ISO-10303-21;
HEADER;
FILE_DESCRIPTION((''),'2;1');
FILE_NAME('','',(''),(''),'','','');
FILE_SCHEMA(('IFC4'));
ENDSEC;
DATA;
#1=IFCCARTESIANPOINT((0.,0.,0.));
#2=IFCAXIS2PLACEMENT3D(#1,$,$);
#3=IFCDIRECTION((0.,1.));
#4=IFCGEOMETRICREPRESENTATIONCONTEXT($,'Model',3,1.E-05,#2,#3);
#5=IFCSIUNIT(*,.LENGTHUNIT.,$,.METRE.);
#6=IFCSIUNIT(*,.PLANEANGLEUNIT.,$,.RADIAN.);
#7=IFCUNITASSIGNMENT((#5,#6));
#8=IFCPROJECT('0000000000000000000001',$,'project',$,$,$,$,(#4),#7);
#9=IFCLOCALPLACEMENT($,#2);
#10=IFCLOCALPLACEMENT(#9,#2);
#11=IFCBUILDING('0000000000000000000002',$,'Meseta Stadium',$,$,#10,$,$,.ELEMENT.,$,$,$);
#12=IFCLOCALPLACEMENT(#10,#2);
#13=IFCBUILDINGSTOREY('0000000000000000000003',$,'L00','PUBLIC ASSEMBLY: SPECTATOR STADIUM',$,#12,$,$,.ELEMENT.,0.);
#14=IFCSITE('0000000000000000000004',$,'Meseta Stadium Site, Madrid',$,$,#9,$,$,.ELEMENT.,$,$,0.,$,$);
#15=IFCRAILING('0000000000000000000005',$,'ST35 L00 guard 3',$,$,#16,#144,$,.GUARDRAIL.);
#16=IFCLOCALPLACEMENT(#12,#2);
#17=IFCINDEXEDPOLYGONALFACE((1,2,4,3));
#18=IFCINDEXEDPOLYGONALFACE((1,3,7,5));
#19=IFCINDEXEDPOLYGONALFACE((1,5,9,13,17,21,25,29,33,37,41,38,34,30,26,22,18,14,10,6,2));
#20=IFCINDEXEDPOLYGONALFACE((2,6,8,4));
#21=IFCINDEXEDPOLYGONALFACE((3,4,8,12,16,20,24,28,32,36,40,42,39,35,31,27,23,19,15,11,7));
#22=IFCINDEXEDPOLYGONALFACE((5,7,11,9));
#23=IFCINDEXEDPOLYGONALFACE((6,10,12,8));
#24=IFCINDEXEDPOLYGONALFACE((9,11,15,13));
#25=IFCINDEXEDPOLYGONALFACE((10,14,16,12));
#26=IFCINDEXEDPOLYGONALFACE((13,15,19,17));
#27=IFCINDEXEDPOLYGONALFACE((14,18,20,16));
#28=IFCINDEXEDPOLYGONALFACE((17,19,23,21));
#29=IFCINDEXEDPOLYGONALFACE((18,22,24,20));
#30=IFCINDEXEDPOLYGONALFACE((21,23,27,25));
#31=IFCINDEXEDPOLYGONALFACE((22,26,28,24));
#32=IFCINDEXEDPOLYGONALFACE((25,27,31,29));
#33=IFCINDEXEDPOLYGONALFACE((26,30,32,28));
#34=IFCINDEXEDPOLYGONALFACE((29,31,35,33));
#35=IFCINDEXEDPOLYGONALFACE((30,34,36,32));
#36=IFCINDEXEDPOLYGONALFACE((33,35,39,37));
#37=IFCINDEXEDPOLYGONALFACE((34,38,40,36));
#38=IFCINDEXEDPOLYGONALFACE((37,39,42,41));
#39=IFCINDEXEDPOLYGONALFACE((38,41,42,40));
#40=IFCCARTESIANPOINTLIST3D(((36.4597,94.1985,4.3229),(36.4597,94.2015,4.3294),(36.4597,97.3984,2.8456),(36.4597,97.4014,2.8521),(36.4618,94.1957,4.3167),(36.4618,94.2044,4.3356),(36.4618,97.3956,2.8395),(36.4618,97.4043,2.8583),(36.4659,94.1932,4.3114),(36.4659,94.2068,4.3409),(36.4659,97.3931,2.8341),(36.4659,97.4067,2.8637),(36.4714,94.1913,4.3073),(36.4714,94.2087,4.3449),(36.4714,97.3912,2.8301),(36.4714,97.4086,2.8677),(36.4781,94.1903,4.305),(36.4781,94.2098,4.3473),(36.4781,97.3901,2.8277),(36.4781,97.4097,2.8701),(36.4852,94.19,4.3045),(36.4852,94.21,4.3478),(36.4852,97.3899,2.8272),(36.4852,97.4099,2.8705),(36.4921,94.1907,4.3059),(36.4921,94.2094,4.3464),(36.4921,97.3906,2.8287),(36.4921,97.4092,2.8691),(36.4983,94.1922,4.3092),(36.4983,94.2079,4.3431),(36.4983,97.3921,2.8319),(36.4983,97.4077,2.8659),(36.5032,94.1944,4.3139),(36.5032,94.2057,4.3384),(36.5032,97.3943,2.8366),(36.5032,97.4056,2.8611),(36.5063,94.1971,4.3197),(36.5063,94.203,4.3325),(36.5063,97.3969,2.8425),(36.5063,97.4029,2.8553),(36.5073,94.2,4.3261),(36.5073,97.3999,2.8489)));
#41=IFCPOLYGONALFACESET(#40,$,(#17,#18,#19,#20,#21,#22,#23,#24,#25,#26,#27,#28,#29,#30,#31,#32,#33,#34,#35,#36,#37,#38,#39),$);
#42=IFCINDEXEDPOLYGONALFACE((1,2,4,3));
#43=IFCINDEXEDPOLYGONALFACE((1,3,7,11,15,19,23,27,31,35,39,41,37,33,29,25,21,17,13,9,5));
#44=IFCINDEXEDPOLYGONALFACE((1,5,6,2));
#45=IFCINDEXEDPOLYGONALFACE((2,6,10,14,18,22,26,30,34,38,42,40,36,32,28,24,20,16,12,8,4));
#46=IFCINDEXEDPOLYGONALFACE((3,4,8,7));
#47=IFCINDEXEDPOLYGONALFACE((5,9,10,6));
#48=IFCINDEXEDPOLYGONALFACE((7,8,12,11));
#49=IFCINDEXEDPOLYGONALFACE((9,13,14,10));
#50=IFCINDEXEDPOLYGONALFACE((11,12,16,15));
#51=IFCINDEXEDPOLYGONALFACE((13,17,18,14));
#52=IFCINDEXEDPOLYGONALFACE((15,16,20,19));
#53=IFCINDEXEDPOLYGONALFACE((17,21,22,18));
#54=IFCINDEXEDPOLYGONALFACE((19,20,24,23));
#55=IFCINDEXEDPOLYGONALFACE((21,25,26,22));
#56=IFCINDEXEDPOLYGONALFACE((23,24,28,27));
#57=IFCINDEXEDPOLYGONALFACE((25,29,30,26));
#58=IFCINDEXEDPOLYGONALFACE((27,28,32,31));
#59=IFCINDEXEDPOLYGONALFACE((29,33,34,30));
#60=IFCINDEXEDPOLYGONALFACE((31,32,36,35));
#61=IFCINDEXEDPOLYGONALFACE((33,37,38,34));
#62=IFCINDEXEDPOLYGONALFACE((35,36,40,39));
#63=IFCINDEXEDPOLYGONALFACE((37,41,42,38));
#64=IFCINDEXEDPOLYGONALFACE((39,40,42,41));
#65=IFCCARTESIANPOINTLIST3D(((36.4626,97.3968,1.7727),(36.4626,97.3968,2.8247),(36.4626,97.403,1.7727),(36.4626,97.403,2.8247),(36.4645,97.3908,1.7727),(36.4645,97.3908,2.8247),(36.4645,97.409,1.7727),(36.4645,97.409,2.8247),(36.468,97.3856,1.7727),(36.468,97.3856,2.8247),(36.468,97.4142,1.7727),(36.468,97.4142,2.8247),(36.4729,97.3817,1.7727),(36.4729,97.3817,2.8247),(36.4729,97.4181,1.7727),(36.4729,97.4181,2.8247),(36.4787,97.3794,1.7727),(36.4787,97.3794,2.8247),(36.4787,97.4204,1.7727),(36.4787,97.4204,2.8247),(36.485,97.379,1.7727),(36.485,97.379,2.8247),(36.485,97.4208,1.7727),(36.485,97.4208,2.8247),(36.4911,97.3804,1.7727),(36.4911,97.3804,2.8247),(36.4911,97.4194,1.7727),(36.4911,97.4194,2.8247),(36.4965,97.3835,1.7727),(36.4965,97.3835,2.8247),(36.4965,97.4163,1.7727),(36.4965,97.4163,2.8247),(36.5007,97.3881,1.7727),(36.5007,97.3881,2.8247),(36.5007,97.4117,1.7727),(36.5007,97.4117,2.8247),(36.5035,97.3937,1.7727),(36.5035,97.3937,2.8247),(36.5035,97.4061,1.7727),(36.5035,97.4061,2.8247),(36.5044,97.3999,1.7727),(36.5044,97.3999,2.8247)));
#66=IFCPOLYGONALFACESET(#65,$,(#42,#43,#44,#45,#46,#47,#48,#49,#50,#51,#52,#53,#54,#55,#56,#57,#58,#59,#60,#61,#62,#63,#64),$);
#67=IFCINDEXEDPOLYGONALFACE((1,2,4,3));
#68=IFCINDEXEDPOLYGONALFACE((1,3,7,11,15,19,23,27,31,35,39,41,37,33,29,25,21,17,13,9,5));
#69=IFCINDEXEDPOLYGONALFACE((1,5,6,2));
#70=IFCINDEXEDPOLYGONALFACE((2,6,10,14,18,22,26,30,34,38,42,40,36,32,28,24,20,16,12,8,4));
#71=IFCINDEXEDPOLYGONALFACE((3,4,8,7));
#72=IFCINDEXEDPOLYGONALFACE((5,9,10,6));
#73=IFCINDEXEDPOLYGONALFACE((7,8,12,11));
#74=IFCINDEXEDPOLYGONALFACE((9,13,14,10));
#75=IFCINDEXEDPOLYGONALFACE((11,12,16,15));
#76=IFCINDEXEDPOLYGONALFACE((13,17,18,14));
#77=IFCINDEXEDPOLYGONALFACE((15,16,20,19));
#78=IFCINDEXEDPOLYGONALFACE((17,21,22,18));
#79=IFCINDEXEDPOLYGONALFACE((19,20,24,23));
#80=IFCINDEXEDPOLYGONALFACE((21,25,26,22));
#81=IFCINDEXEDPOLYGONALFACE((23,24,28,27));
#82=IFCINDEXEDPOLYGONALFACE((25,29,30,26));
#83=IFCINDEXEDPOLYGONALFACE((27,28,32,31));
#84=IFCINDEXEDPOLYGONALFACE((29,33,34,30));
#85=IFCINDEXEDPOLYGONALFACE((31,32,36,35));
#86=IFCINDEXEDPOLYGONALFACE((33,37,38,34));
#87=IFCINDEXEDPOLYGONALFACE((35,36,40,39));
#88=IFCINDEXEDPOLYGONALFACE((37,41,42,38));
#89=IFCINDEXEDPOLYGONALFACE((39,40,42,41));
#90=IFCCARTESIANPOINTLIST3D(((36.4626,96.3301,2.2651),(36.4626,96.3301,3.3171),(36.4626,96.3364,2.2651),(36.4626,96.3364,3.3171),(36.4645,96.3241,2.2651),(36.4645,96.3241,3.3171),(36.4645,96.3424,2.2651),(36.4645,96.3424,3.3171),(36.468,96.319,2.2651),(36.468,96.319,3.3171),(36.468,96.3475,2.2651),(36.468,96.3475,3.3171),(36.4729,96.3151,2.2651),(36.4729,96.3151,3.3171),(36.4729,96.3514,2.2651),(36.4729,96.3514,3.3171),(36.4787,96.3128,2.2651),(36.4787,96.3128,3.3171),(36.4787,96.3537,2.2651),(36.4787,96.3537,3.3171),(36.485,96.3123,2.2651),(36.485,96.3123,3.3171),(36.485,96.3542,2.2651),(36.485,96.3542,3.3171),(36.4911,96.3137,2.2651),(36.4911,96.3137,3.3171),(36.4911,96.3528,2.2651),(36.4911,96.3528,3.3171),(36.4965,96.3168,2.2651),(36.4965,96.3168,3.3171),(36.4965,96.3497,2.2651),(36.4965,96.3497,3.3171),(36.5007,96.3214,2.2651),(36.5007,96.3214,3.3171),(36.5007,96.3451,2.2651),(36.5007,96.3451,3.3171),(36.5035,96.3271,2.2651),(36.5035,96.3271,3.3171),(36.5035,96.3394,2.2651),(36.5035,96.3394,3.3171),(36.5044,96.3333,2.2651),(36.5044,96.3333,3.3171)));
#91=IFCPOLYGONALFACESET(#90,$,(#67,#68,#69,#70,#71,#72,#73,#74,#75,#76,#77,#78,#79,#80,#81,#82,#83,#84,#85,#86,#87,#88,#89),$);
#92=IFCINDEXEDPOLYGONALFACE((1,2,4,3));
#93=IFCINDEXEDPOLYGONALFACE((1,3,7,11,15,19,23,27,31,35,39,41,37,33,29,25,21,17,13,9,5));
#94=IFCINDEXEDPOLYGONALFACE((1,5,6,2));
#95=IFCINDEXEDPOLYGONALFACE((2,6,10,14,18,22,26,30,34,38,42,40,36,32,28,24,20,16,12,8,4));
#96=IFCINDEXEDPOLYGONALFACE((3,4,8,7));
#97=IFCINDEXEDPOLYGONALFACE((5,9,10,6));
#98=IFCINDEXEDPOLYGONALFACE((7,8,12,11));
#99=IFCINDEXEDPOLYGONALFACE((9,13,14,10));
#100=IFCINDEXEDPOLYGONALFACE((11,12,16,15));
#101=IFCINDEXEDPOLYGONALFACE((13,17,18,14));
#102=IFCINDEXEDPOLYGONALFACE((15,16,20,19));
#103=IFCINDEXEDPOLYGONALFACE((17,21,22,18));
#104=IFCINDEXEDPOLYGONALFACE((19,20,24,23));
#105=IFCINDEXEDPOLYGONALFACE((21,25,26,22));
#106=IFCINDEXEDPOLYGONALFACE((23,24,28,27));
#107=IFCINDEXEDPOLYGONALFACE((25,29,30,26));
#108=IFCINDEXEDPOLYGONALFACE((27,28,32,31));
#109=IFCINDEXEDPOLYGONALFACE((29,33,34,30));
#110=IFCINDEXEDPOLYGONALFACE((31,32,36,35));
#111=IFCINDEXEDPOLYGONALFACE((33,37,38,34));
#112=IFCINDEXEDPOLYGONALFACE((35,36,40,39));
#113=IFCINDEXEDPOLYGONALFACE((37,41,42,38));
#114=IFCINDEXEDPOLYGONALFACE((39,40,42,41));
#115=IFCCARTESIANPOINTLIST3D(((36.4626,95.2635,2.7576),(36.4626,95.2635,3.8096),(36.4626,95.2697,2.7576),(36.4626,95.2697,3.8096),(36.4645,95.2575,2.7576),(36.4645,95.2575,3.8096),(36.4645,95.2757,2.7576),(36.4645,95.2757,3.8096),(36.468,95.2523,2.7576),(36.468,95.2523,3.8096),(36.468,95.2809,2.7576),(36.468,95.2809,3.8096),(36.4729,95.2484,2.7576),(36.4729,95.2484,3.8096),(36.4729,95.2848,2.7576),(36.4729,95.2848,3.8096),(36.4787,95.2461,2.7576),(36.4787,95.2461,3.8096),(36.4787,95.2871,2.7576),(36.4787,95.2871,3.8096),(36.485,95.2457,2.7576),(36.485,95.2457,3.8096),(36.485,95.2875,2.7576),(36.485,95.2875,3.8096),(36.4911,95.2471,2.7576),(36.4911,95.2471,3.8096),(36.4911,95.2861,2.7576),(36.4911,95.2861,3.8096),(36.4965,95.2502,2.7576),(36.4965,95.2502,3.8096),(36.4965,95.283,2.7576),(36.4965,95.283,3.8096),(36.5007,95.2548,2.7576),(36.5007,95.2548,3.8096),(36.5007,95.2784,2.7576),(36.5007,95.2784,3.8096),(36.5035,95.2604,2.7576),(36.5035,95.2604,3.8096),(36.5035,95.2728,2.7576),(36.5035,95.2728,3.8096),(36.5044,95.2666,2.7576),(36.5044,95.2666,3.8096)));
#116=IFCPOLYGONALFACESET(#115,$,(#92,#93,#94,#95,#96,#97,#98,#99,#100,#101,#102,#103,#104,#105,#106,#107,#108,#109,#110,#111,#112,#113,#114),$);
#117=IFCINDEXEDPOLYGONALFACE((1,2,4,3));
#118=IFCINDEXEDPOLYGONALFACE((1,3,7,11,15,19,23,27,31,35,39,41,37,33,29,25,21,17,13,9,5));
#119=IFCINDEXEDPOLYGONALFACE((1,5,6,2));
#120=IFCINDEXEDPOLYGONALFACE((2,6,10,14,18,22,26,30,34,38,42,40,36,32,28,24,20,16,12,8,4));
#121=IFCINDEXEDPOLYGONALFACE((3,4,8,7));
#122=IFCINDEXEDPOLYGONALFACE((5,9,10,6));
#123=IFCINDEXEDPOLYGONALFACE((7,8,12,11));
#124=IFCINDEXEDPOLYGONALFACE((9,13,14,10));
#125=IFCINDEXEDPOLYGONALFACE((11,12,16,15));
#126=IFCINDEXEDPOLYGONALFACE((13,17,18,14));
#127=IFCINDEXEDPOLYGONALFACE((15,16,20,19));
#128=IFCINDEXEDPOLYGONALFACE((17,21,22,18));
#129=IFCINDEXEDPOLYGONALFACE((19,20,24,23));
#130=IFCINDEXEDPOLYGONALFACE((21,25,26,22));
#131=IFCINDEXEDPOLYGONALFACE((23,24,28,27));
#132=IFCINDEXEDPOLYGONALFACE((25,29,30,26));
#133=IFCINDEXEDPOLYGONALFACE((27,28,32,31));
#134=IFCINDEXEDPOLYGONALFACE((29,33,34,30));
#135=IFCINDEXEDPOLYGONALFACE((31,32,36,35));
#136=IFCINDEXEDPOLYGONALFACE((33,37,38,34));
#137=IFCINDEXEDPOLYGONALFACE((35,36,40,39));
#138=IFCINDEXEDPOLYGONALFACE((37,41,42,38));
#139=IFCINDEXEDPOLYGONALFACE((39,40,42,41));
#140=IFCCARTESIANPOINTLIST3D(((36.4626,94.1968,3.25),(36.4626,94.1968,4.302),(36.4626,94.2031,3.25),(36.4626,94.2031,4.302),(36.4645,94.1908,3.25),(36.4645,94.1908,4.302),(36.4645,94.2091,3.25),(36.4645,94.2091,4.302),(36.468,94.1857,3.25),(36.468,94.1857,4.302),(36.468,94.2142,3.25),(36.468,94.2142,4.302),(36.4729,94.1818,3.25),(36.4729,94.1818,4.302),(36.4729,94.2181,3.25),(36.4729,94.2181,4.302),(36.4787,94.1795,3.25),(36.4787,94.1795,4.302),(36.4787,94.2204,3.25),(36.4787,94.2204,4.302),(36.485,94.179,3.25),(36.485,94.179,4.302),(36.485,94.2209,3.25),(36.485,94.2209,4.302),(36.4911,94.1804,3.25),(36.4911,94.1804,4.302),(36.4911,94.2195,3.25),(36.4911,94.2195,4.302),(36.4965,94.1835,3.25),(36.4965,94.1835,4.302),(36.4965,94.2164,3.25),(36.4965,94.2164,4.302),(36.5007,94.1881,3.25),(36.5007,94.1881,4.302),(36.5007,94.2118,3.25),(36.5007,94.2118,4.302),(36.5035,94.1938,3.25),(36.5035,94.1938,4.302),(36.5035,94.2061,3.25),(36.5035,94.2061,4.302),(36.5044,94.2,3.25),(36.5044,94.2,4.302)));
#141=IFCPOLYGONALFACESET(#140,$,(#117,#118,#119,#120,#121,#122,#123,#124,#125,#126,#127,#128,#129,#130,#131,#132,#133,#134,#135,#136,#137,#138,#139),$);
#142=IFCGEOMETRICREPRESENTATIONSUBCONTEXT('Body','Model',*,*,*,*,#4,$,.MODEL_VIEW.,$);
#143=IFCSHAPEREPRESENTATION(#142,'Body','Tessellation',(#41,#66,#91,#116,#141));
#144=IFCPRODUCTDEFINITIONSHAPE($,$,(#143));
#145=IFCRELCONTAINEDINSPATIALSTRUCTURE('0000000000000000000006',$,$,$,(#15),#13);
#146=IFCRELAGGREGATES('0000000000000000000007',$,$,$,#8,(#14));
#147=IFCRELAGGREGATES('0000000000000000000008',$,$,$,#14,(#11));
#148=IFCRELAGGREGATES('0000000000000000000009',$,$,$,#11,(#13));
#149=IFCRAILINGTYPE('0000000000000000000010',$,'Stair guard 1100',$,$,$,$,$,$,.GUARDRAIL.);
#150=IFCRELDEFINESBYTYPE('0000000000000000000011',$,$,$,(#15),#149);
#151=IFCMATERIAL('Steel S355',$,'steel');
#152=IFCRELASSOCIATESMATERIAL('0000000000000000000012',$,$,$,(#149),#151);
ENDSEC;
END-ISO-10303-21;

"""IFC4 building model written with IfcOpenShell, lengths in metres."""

from ifc_helpers import new_model, si_unit, direction, frame, origin, origin_2d, place, context, subcontext, project, spatial, circle, extrude, material, type_object, element, save


model = new_model("IFC4")

# Units and contexts
model_context = context("Model", 3, precision=1e-05, world=origin(), true_north=direction((0.0, 1.0)))
body_context = subcontext(model_context, "Body", "Model", "MODEL_VIEW")
ifc_project = project(units=[si_unit("LENGTHUNIT", "METRE"), si_unit("PLANEANGLEUNIT", "RADIAN")], contexts=[model_context])

# Site, building, storey
site_placement = place(None, origin())
site = spatial("IfcSite", under=ifc_project, at=site_placement, Name="Meseta Stadium Site, Madrid", CompositionType="ELEMENT", RefElevation=0.0)
building_placement = place(site_placement, origin())
building = spatial("IfcBuilding", under=site, at=building_placement, Name="Meseta Stadium", CompositionType="ELEMENT")
storey_placement = place(building_placement, origin())
storey = spatial("IfcBuildingStorey", under=building, at=storey_placement, Name="L00", Description="PUBLIC ASSEMBLY: SPECTATOR STADIUM", CompositionType="ELEMENT", Elevation=0.0)

# Railing
ifc_material_1 = material(Name="Steel S355", Category="steel")
railing_type_1 = type_object("IfcRailingType", Name="Stair guard 1100", PredefinedType="GUARDRAIL", material=ifc_material_1)
railing_1_placement = place(storey_placement, frame((36.4834, 97.3999, 1.7727)))
element("IfcRailing", 1, at=railing_1_placement, inside=storey, type_object=railing_type_1, Name="ST35 L00 guard 3", PredefinedType="GUARDRAIL", context=body_context, shape_type="SweptSolid", body=[
    extrude(circle(Radius=0.0239, at=origin_2d()), frame((0.0, 0.0, 1.0762), z_axis=(0.0, -0.907917, 0.41915), x_axis=(1.0, 0.0, 0.0)), (0.0, 0.0, 1.0), 3.5244),
    extrude(circle(Radius=0.021, at=origin_2d()), origin(), (0.0, 0.0, 1.0), 1.052),
    extrude(circle(Radius=0.021, at=origin_2d()), frame((0.0, -1.0667, 0.4924)), (0.0, 0.0, 1.0), 1.052),
    extrude(circle(Radius=0.021, at=origin_2d()), frame((0.0, -2.1333, 0.9849)), (0.0, 0.0, 1.0), 1.052),
    extrude(circle(Radius=0.021, at=origin_2d()), frame((0.0, -3.2, 1.4773)), (0.0, 0.0, 1.0), 1.052),
])

save(model, "model.ifc")
